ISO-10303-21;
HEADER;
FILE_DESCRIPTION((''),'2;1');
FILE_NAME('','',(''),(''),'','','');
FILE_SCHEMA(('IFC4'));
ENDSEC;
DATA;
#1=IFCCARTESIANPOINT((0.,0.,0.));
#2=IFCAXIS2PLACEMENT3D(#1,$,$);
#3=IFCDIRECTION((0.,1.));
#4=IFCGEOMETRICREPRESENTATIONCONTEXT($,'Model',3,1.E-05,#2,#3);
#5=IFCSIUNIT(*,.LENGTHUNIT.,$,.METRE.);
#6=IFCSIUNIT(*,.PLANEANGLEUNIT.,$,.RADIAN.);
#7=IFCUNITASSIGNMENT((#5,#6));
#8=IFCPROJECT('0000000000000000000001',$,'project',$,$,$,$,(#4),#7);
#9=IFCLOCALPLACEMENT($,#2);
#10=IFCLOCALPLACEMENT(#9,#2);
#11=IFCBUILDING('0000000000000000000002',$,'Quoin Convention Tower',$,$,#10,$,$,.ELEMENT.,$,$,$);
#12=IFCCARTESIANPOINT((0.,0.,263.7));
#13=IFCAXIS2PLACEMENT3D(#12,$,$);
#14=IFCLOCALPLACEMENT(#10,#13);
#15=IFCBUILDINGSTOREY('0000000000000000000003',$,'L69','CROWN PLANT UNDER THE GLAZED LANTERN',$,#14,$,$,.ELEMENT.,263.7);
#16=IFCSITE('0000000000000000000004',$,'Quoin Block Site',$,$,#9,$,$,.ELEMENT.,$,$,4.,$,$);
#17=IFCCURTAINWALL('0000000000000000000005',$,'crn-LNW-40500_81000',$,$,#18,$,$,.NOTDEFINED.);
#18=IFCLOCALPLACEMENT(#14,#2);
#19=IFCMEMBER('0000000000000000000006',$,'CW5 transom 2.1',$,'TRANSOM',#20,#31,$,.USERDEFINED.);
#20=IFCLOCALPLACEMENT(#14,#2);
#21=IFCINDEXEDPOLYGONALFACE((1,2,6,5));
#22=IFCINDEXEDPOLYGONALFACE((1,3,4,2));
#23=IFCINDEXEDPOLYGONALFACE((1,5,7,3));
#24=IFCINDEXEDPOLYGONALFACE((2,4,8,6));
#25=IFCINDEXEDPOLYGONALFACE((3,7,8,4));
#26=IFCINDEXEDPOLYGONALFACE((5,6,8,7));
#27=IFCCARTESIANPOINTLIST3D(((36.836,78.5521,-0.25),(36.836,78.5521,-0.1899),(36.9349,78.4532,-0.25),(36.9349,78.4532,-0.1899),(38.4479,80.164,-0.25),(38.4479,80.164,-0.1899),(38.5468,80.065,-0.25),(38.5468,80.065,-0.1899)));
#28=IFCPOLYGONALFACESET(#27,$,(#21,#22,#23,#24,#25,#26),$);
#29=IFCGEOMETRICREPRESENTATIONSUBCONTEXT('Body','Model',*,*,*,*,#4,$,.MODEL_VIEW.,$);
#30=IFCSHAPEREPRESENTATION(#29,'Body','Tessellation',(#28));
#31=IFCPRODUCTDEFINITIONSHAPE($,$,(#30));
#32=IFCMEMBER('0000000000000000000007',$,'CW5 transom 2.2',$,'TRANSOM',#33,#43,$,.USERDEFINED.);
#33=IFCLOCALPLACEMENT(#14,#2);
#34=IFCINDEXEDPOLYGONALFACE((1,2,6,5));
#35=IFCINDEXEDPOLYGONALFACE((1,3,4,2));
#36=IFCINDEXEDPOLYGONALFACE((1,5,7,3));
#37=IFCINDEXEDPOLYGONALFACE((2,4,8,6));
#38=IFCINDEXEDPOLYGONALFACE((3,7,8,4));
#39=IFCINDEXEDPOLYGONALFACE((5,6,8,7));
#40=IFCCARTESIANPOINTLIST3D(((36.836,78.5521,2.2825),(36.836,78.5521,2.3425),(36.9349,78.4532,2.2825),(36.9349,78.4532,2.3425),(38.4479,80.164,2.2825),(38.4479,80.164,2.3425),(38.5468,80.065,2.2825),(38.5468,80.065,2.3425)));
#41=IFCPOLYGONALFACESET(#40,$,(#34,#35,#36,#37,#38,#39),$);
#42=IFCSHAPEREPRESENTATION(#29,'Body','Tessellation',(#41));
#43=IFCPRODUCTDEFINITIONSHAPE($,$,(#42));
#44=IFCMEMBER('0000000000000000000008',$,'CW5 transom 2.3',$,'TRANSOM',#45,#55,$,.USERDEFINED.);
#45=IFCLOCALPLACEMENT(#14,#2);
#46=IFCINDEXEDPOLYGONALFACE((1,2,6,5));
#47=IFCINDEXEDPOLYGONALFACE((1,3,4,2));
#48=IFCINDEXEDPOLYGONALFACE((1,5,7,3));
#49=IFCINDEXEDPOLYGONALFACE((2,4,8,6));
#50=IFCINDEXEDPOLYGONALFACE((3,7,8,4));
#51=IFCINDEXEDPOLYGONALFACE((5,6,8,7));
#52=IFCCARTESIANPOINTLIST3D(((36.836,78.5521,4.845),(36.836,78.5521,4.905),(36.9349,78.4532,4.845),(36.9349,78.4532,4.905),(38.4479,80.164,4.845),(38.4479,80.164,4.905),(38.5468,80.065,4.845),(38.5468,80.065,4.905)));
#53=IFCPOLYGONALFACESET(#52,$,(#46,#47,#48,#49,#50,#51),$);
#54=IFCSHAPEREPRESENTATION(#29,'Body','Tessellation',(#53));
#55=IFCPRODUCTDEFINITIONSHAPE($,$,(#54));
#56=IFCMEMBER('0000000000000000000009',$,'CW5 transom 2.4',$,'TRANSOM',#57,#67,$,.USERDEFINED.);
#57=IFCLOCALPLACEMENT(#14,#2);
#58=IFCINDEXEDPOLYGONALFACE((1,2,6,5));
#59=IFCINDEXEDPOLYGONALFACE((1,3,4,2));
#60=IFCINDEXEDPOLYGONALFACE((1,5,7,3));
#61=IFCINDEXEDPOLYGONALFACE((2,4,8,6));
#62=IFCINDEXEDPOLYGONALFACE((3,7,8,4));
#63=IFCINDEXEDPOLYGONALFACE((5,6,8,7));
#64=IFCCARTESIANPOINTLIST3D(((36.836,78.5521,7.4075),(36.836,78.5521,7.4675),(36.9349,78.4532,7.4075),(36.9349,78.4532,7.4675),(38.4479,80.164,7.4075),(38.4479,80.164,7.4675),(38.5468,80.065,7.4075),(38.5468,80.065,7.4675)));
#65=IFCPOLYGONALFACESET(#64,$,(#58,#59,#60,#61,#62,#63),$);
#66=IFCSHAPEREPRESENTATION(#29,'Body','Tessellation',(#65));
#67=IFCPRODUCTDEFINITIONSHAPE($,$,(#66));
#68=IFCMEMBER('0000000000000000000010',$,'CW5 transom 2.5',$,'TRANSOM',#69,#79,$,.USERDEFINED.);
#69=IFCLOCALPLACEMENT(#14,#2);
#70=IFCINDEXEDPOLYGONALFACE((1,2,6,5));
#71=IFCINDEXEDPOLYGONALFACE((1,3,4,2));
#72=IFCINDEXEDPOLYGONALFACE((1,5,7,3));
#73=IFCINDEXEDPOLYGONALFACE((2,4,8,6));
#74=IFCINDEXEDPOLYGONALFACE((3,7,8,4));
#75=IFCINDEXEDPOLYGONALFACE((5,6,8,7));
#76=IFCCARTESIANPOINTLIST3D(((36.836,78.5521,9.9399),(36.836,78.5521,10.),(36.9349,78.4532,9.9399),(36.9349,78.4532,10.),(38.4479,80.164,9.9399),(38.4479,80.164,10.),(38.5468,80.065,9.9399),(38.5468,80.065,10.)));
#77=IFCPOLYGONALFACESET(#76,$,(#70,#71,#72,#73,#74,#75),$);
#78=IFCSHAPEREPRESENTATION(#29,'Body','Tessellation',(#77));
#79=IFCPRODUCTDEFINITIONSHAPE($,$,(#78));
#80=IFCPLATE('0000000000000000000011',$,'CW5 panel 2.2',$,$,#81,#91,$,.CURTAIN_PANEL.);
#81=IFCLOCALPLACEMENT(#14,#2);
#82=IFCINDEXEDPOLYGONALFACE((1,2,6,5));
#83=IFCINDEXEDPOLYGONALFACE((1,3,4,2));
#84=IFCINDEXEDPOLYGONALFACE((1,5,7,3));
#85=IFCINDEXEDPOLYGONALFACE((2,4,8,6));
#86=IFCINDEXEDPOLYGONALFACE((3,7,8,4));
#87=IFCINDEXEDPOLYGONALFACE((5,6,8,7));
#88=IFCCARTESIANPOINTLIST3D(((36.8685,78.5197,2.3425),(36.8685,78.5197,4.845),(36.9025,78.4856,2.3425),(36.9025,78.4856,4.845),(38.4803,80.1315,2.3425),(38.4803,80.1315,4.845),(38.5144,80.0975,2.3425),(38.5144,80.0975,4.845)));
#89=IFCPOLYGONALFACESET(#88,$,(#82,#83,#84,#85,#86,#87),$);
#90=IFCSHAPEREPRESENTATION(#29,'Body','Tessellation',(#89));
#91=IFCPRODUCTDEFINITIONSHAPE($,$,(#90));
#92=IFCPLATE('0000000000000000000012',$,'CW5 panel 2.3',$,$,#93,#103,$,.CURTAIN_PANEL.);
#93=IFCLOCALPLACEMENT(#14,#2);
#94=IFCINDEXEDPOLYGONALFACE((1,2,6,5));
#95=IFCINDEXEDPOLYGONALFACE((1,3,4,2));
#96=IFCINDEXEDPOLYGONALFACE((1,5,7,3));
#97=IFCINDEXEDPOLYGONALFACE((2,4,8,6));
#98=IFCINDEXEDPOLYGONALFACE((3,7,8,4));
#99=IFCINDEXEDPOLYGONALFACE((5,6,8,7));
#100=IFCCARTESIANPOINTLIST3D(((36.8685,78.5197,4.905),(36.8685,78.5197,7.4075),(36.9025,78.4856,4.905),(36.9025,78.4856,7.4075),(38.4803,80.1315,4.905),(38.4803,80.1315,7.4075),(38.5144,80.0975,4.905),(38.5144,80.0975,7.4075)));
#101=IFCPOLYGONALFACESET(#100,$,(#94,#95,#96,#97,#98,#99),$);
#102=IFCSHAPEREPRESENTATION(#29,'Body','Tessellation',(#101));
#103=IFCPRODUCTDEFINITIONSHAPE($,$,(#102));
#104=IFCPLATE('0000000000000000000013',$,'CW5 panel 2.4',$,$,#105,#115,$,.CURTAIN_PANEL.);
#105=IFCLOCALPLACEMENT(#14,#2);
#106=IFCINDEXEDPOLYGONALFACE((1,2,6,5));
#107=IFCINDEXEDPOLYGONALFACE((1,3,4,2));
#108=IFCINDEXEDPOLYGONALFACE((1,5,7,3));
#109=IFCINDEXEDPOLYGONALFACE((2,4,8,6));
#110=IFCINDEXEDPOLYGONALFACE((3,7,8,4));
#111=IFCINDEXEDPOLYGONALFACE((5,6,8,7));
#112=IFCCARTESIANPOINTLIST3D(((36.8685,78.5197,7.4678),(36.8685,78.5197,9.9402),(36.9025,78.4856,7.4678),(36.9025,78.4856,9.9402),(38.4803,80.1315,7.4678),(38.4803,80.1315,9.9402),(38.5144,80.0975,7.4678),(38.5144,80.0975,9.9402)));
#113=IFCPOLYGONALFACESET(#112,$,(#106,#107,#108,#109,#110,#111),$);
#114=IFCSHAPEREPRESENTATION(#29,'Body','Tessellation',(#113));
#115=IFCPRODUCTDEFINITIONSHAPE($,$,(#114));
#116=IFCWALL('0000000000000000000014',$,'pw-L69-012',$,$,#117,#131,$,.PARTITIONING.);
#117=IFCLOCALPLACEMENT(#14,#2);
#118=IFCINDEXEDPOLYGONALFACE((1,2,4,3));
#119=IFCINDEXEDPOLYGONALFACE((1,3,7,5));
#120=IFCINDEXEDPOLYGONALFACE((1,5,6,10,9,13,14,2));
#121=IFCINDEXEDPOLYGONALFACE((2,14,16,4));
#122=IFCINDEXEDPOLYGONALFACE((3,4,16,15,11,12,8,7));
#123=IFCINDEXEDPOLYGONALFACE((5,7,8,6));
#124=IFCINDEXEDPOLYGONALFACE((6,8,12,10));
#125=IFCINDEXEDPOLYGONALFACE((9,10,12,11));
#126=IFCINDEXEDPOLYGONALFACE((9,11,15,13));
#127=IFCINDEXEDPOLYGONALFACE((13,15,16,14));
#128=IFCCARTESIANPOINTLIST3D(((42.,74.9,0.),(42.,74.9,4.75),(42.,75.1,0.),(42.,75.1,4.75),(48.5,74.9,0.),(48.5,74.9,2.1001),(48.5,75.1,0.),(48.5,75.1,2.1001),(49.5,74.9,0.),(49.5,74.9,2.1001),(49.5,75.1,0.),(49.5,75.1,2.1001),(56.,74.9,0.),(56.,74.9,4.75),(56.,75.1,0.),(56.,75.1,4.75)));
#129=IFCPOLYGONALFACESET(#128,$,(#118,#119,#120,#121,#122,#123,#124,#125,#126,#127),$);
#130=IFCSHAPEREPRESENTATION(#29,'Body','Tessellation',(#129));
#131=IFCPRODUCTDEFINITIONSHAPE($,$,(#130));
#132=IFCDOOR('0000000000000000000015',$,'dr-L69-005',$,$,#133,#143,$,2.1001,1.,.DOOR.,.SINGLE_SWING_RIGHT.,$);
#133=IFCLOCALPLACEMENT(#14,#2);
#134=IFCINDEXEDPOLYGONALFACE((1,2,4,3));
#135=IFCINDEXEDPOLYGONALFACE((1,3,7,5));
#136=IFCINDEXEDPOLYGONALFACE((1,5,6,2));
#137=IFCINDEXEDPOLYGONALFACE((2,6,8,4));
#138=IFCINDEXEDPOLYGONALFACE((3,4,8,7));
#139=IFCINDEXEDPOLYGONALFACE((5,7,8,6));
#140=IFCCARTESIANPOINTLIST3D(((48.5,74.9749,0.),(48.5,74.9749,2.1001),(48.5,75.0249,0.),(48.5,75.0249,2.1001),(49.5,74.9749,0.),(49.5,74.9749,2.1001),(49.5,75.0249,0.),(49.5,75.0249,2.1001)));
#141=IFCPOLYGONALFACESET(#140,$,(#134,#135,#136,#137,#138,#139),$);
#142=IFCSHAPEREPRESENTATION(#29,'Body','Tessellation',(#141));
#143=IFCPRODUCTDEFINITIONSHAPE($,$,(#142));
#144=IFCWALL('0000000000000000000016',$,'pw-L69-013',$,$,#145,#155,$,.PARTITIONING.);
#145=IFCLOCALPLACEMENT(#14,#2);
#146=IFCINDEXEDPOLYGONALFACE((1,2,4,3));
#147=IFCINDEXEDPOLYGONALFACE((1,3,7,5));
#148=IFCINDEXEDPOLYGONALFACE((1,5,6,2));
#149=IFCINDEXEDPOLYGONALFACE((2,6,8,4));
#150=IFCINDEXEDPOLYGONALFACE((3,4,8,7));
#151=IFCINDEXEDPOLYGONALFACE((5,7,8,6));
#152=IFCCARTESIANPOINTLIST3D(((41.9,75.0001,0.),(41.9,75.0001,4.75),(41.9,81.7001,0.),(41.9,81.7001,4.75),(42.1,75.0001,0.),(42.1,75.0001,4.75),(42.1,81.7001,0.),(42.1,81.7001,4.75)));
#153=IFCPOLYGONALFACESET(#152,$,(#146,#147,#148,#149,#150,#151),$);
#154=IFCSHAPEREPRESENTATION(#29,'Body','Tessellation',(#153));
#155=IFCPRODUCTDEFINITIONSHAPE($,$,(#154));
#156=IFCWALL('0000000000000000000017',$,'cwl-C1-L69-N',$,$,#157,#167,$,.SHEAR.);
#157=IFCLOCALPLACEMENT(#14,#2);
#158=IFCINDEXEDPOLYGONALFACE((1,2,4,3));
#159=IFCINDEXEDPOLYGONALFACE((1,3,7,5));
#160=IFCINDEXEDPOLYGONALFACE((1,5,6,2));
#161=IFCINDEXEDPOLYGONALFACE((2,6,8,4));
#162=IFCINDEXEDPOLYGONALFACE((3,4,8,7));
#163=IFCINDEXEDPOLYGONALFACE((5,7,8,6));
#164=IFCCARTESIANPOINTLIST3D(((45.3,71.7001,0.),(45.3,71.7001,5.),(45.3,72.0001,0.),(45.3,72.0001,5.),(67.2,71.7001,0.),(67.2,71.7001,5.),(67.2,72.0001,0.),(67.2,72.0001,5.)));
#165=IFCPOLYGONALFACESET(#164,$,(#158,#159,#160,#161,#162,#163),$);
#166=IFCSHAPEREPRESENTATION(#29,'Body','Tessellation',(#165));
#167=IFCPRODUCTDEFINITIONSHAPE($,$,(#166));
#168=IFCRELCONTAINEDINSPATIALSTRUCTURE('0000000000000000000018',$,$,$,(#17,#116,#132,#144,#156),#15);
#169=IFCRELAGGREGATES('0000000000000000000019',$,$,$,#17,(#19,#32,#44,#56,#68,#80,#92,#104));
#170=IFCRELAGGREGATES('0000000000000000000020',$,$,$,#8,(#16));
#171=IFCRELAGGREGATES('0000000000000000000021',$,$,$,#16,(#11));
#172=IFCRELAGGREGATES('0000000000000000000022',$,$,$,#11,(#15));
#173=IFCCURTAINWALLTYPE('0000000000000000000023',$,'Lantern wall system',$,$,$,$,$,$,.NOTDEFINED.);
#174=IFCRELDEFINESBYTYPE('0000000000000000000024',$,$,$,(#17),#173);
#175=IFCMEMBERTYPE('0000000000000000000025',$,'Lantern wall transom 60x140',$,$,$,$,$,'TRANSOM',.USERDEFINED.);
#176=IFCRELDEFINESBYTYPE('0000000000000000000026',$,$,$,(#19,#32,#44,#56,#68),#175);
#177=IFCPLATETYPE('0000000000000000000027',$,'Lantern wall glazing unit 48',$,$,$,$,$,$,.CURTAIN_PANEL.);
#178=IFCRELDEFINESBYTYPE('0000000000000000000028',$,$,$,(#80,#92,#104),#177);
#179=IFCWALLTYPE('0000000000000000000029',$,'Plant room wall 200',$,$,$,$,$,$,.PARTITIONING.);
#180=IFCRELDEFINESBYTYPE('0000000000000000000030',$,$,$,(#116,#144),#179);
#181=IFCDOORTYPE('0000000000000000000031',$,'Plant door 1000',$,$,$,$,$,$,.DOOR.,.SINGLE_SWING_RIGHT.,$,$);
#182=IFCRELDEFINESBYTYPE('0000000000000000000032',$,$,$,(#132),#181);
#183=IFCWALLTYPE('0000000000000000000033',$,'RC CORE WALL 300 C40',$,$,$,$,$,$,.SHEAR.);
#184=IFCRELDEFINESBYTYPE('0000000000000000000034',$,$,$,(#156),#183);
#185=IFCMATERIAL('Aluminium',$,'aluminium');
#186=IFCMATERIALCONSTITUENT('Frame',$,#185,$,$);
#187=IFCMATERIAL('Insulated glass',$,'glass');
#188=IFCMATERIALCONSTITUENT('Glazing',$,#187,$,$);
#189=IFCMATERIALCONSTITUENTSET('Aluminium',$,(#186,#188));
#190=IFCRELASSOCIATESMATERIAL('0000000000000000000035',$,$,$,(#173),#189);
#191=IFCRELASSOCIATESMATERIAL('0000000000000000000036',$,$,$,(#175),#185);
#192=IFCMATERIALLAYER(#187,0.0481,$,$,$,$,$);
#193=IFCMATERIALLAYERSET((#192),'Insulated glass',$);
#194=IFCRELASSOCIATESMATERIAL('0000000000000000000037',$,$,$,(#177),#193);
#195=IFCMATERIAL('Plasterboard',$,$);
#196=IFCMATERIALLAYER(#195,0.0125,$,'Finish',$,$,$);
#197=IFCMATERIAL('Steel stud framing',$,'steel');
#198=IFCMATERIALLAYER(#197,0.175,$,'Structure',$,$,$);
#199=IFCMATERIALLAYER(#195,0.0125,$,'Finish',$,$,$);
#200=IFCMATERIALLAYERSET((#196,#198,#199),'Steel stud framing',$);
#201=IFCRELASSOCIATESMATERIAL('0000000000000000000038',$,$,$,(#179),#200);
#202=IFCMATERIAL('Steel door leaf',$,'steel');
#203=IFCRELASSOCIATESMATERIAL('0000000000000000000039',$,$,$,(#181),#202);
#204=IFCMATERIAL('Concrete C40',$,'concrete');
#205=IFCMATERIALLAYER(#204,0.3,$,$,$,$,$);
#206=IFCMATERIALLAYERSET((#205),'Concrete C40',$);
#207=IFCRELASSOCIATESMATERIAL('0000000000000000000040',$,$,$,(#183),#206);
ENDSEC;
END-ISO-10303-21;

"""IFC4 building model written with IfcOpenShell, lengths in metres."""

from ifc_helpers import new_model, si_unit, direction, frame, frame_2d, origin, origin_2d, place, context, subcontext, project, spatial, rectangle, extrude, material, layer, layer_set, constituent, constituent_set, material_profile, profile_set, type_object, element, fill, aggregate, save


model = new_model("IFC4")

# Units and contexts
model_context = context("Model", 3, precision=1e-05, world=origin(), true_north=direction((0.0, 1.0)))
body_context = subcontext(model_context, "Body", "Model", "MODEL_VIEW")
ifc_project = project(units=[si_unit("LENGTHUNIT", "METRE"), si_unit("PLANEANGLEUNIT", "RADIAN")], contexts=[model_context])

# Site, building, storey
site_placement = place(None, origin())
site = spatial("IfcSite", under=ifc_project, at=site_placement, Name="Quoin Block Site", CompositionType="ELEMENT", RefElevation=4.0)
building_placement = place(site_placement, origin())
building = spatial("IfcBuilding", under=site, at=building_placement, Name="Quoin Convention Tower", CompositionType="ELEMENT")
storey_placement = place(building_placement, frame((0.0, 0.0, 263.7)))
storey = spatial("IfcBuildingStorey", under=building, at=storey_placement, Name="L69", Description="CROWN PLANT UNDER THE GLAZED LANTERN", CompositionType="ELEMENT", Elevation=263.7)

# Curtain wall, members, plates
ifc_material_1 = material(Name="Aluminium", Category="aluminium")
ifc_constituent_1 = constituent(ifc_material_1, Name="Frame")
ifc_material_2 = material(Name="Insulated glass", Category="glass")
ifc_constituent_2 = constituent(ifc_material_2, Name="Glazing")
ifc_constituent_set = constituent_set(constituents=[ifc_constituent_1, ifc_constituent_2], Name="Aluminium")
curtain_wall_type = type_object("IfcCurtainWallType", Name="Lantern wall system", PredefinedType="NOTDEFINED", material=ifc_constituent_set)
curtain_wall_placement = place(storey_placement, origin())
curtain_wall = element("IfcCurtainWall", 1, at=curtain_wall_placement, inside=storey, type_object=curtain_wall_type, Name="crn-LNW-40500_81000", PredefinedType="NOTDEFINED")
ifc_material_profile_1 = material_profile(ifc_material_1, rectangle(XDim=0.1399, YDim=0.0601, at=origin_2d()), Name="Lantern wall transom 60x140")
ifc_profile_set_1 = profile_set([ifc_material_profile_1], Name="Aluminium")
member_type = type_object("IfcMemberType", Name="Lantern wall transom 60x140", ElementType="TRANSOM", PredefinedType="USERDEFINED", material=ifc_profile_set_1)
member_1_placement = place(storey_placement, frame((38.4973, 80.1145, -0.22), z_axis=(-0.707107, -0.707107, 0.0), x_axis=(0.707107, -0.707107, 0.0)))
member_1 = element("IfcMember", 2, at=member_1_placement, type_object=member_type, Name="CW5 transom 2.1", ObjectType="TRANSOM", PredefinedType="USERDEFINED", context=body_context, shape_type="SweptSolid", body=[
    extrude(rectangle(XDim=0.1399, YDim=0.0601, at=origin_2d()), origin(), (0.0, 0.0, 1.0), 2.2795),
])
member_2_placement = place(storey_placement, frame((38.4973, 80.1145, 2.3125), z_axis=(-0.707107, -0.707107, 0.0), x_axis=(0.707107, -0.707107, 0.0)))
member_2 = element("IfcMember", 3, at=member_2_placement, type_object=member_type, Name="CW5 transom 2.2", ObjectType="TRANSOM", PredefinedType="USERDEFINED", context=body_context, shape_type="SweptSolid", body=[
    extrude(rectangle(XDim=0.1399, YDim=0.0601, at=origin_2d()), origin(), (0.0, 0.0, 1.0), 2.2795),
])
member_3_placement = place(storey_placement, frame((38.4973, 80.1145, 4.875), z_axis=(-0.707107, -0.707107, 0.0), x_axis=(0.707107, -0.707107, 0.0)))
member_3 = element("IfcMember", 4, at=member_3_placement, type_object=member_type, Name="CW5 transom 2.3", ObjectType="TRANSOM", PredefinedType="USERDEFINED", context=body_context, shape_type="SweptSolid", body=[
    extrude(rectangle(XDim=0.1399, YDim=0.0601, at=origin_2d()), origin(), (0.0, 0.0, 1.0), 2.2795),
])
member_4_placement = place(storey_placement, frame((38.4973, 80.1145, 7.4375), z_axis=(-0.707107, -0.707107, 0.0), x_axis=(0.707107, -0.707107, 0.0)))
member_4 = element("IfcMember", 5, at=member_4_placement, type_object=member_type, Name="CW5 transom 2.4", ObjectType="TRANSOM", PredefinedType="USERDEFINED", context=body_context, shape_type="SweptSolid", body=[
    extrude(rectangle(XDim=0.1399, YDim=0.0601, at=origin_2d()), origin(), (0.0, 0.0, 1.0), 2.2795),
])
member_5_placement = place(storey_placement, frame((38.4973, 80.1145, 9.97), z_axis=(-0.707107, -0.707107, 0.0), x_axis=(0.707107, -0.707107, 0.0)))
member_5 = element("IfcMember", 6, at=member_5_placement, type_object=member_type, Name="CW5 transom 2.5", ObjectType="TRANSOM", PredefinedType="USERDEFINED", context=body_context, shape_type="SweptSolid", body=[
    extrude(rectangle(XDim=0.1399, YDim=0.0601, at=origin_2d()), origin(), (0.0, 0.0, 1.0), 2.2795),
])
ifc_layer_1 = layer(ifc_material_2, 0.0481)
ifc_layer_set_1 = layer_set([ifc_layer_1], Name="Insulated glass")
plate_type = type_object("IfcPlateType", Name="Lantern wall glazing unit 48", PredefinedType="CURTAIN_PANEL", material=ifc_layer_set_1)
plate_1_placement = place(storey_placement, frame((37.6914, 79.3086, 2.3425), z_axis=(0.0, 0.0, 1.0), x_axis=(-0.707107, -0.707107, 0.0)))
plate_1 = element("IfcPlate", 7, at=plate_1_placement, type_object=plate_type, Name="CW5 panel 2.2", PredefinedType="CURTAIN_PANEL", context=body_context, shape_type="SweptSolid", body=[
    extrude(rectangle(XDim=2.2795, YDim=0.0481, at=origin_2d()), origin(), (0.0, 0.0, 1.0), 2.5024),
])
plate_2_placement = place(storey_placement, frame((37.6914, 79.3086, 4.905), z_axis=(0.0, 0.0, 1.0), x_axis=(-0.707107, -0.707107, 0.0)))
plate_2 = element("IfcPlate", 8, at=plate_2_placement, type_object=plate_type, Name="CW5 panel 2.3", PredefinedType="CURTAIN_PANEL", context=body_context, shape_type="SweptSolid", body=[
    extrude(rectangle(XDim=2.2795, YDim=0.0481, at=origin_2d()), origin(), (0.0, 0.0, 1.0), 2.5024),
])
plate_3_placement = place(storey_placement, frame((37.6914, 79.3086, 7.4678), z_axis=(0.0, 0.0, 1.0), x_axis=(-0.707107, -0.707107, 0.0)))
plate_3 = element("IfcPlate", 9, at=plate_3_placement, type_object=plate_type, Name="CW5 panel 2.4", PredefinedType="CURTAIN_PANEL", context=body_context, shape_type="SweptSolid", body=[
    extrude(rectangle(XDim=2.2795, YDim=0.0481, at=origin_2d()), origin(), (0.0, 0.0, 1.0), 2.4724),
])
aggregate(curtain_wall, [member_1, member_2, member_3, member_4, member_5, plate_1, plate_2, plate_3])

# Wall, opening, door
ifc_material_3 = material(Name="Plasterboard")
ifc_layer_2 = layer(ifc_material_3, 0.0125, Name="Finish")
ifc_material_4 = material(Name="Steel stud framing", Category="steel")
ifc_layer_3 = layer(ifc_material_4, 0.175, Name="Structure")
ifc_layer_4 = layer(ifc_material_3, 0.0125, Name="Finish")
ifc_layer_set_2 = layer_set([ifc_layer_2, ifc_layer_3, ifc_layer_4], Name="Steel stud framing")
wall_type_1 = type_object("IfcWallType", Name="Plant room wall 200", PredefinedType="PARTITIONING", material=ifc_layer_set_2)
wall_1_placement = place(storey_placement, frame((42.0, 75.0, 0.0), z_axis=(0.0, 0.0, 1.0), x_axis=(1.0, 0.0, 0.0)))
wall_1 = element("IfcWall", 10, at=wall_1_placement, inside=storey, type_object=wall_type_1, Name="pw-L69-012", PredefinedType="PARTITIONING", context=body_context, shape_type="SweptSolid", body=[
    extrude(rectangle(XDim=14.0, YDim=0.2, at=frame_2d((7.0, 0.0))), origin(), (0.0, 0.0, 1.0), 4.75),
])
opening_placement = place(wall_1_placement, frame((6.5, 0.0, 0.0)))
opening = element("IfcOpeningElement", 11, at=opening_placement, cuts=wall_1, PredefinedType="OPENING", context=body_context, shape_type="SweptSolid", body=[
    extrude(rectangle(XDim=1.0, YDim=2.1001, at=frame_2d((0.5, 1.05))), frame((0.0, 0.1099, 0.0), z_axis=(0.0, -1.0, 0.0), x_axis=(1.0, 0.0, 0.0)), (0.0, 0.0, 1.0), 0.22),
])
ifc_material_5 = material(Name="Steel door leaf", Category="steel")
door_type = type_object("IfcDoorType", Name="Plant door 1000", OperationType="SINGLE_SWING_RIGHT", PredefinedType="DOOR", material=ifc_material_5)
door_placement = place(opening_placement, origin())
door = element("IfcDoor", 12, at=door_placement, inside=storey, type_object=door_type, Name="dr-L69-005", OperationType="SINGLE_SWING_RIGHT", OverallHeight=2.1001, OverallWidth=1.0, PredefinedType="DOOR", context=body_context, shape_type="SweptSolid", body=[
    extrude(rectangle(XDim=1.0, YDim=2.1001, at=frame_2d((0.5, 1.05))), frame((0.0, 0.0249, 0.0), z_axis=(0.0, -1.0, 0.0), x_axis=(1.0, 0.0, 0.0)), (0.0, 0.0, 1.0), 0.05),
])
fill(opening, door)

# Walls
wall_2_placement = place(storey_placement, frame((42.0, 75.0, 0.0), z_axis=(0.0, 0.0, 1.0), x_axis=(0.0, 1.0, 0.0)))
element("IfcWall", 13, at=wall_2_placement, inside=storey, type_object=wall_type_1, Name="pw-L69-013", PredefinedType="PARTITIONING", context=body_context, shape_type="SweptSolid", body=[
    extrude(rectangle(XDim=6.7, YDim=0.2, at=frame_2d((3.3501, 0.0))), origin(), (0.0, 0.0, 1.0), 4.75),
])
ifc_material_6 = material(Name="Concrete C40", Category="concrete")
ifc_layer_5 = layer(ifc_material_6, 0.3)
ifc_layer_set_3 = layer_set([ifc_layer_5], Name="Concrete C40")
wall_type_2 = type_object("IfcWallType", Name="RC CORE WALL 300 C40", PredefinedType="SHEAR", material=ifc_layer_set_3)
wall_3_placement = place(storey_placement, frame((45.3, 71.8501, 0.0), z_axis=(0.0, 0.0, 1.0), x_axis=(1.0, 0.0, 0.0)))
element("IfcWall", 14, at=wall_3_placement, inside=storey, type_object=wall_type_2, Name="cwl-C1-L69-N", PredefinedType="SHEAR", context=body_context, shape_type="SweptSolid", body=[
    extrude(rectangle(XDim=21.8999, YDim=0.3, at=frame_2d((10.95, 0.0))), origin(), (0.0, 0.0, 1.0), 5.0),
])

save(model, "model.ifc")
